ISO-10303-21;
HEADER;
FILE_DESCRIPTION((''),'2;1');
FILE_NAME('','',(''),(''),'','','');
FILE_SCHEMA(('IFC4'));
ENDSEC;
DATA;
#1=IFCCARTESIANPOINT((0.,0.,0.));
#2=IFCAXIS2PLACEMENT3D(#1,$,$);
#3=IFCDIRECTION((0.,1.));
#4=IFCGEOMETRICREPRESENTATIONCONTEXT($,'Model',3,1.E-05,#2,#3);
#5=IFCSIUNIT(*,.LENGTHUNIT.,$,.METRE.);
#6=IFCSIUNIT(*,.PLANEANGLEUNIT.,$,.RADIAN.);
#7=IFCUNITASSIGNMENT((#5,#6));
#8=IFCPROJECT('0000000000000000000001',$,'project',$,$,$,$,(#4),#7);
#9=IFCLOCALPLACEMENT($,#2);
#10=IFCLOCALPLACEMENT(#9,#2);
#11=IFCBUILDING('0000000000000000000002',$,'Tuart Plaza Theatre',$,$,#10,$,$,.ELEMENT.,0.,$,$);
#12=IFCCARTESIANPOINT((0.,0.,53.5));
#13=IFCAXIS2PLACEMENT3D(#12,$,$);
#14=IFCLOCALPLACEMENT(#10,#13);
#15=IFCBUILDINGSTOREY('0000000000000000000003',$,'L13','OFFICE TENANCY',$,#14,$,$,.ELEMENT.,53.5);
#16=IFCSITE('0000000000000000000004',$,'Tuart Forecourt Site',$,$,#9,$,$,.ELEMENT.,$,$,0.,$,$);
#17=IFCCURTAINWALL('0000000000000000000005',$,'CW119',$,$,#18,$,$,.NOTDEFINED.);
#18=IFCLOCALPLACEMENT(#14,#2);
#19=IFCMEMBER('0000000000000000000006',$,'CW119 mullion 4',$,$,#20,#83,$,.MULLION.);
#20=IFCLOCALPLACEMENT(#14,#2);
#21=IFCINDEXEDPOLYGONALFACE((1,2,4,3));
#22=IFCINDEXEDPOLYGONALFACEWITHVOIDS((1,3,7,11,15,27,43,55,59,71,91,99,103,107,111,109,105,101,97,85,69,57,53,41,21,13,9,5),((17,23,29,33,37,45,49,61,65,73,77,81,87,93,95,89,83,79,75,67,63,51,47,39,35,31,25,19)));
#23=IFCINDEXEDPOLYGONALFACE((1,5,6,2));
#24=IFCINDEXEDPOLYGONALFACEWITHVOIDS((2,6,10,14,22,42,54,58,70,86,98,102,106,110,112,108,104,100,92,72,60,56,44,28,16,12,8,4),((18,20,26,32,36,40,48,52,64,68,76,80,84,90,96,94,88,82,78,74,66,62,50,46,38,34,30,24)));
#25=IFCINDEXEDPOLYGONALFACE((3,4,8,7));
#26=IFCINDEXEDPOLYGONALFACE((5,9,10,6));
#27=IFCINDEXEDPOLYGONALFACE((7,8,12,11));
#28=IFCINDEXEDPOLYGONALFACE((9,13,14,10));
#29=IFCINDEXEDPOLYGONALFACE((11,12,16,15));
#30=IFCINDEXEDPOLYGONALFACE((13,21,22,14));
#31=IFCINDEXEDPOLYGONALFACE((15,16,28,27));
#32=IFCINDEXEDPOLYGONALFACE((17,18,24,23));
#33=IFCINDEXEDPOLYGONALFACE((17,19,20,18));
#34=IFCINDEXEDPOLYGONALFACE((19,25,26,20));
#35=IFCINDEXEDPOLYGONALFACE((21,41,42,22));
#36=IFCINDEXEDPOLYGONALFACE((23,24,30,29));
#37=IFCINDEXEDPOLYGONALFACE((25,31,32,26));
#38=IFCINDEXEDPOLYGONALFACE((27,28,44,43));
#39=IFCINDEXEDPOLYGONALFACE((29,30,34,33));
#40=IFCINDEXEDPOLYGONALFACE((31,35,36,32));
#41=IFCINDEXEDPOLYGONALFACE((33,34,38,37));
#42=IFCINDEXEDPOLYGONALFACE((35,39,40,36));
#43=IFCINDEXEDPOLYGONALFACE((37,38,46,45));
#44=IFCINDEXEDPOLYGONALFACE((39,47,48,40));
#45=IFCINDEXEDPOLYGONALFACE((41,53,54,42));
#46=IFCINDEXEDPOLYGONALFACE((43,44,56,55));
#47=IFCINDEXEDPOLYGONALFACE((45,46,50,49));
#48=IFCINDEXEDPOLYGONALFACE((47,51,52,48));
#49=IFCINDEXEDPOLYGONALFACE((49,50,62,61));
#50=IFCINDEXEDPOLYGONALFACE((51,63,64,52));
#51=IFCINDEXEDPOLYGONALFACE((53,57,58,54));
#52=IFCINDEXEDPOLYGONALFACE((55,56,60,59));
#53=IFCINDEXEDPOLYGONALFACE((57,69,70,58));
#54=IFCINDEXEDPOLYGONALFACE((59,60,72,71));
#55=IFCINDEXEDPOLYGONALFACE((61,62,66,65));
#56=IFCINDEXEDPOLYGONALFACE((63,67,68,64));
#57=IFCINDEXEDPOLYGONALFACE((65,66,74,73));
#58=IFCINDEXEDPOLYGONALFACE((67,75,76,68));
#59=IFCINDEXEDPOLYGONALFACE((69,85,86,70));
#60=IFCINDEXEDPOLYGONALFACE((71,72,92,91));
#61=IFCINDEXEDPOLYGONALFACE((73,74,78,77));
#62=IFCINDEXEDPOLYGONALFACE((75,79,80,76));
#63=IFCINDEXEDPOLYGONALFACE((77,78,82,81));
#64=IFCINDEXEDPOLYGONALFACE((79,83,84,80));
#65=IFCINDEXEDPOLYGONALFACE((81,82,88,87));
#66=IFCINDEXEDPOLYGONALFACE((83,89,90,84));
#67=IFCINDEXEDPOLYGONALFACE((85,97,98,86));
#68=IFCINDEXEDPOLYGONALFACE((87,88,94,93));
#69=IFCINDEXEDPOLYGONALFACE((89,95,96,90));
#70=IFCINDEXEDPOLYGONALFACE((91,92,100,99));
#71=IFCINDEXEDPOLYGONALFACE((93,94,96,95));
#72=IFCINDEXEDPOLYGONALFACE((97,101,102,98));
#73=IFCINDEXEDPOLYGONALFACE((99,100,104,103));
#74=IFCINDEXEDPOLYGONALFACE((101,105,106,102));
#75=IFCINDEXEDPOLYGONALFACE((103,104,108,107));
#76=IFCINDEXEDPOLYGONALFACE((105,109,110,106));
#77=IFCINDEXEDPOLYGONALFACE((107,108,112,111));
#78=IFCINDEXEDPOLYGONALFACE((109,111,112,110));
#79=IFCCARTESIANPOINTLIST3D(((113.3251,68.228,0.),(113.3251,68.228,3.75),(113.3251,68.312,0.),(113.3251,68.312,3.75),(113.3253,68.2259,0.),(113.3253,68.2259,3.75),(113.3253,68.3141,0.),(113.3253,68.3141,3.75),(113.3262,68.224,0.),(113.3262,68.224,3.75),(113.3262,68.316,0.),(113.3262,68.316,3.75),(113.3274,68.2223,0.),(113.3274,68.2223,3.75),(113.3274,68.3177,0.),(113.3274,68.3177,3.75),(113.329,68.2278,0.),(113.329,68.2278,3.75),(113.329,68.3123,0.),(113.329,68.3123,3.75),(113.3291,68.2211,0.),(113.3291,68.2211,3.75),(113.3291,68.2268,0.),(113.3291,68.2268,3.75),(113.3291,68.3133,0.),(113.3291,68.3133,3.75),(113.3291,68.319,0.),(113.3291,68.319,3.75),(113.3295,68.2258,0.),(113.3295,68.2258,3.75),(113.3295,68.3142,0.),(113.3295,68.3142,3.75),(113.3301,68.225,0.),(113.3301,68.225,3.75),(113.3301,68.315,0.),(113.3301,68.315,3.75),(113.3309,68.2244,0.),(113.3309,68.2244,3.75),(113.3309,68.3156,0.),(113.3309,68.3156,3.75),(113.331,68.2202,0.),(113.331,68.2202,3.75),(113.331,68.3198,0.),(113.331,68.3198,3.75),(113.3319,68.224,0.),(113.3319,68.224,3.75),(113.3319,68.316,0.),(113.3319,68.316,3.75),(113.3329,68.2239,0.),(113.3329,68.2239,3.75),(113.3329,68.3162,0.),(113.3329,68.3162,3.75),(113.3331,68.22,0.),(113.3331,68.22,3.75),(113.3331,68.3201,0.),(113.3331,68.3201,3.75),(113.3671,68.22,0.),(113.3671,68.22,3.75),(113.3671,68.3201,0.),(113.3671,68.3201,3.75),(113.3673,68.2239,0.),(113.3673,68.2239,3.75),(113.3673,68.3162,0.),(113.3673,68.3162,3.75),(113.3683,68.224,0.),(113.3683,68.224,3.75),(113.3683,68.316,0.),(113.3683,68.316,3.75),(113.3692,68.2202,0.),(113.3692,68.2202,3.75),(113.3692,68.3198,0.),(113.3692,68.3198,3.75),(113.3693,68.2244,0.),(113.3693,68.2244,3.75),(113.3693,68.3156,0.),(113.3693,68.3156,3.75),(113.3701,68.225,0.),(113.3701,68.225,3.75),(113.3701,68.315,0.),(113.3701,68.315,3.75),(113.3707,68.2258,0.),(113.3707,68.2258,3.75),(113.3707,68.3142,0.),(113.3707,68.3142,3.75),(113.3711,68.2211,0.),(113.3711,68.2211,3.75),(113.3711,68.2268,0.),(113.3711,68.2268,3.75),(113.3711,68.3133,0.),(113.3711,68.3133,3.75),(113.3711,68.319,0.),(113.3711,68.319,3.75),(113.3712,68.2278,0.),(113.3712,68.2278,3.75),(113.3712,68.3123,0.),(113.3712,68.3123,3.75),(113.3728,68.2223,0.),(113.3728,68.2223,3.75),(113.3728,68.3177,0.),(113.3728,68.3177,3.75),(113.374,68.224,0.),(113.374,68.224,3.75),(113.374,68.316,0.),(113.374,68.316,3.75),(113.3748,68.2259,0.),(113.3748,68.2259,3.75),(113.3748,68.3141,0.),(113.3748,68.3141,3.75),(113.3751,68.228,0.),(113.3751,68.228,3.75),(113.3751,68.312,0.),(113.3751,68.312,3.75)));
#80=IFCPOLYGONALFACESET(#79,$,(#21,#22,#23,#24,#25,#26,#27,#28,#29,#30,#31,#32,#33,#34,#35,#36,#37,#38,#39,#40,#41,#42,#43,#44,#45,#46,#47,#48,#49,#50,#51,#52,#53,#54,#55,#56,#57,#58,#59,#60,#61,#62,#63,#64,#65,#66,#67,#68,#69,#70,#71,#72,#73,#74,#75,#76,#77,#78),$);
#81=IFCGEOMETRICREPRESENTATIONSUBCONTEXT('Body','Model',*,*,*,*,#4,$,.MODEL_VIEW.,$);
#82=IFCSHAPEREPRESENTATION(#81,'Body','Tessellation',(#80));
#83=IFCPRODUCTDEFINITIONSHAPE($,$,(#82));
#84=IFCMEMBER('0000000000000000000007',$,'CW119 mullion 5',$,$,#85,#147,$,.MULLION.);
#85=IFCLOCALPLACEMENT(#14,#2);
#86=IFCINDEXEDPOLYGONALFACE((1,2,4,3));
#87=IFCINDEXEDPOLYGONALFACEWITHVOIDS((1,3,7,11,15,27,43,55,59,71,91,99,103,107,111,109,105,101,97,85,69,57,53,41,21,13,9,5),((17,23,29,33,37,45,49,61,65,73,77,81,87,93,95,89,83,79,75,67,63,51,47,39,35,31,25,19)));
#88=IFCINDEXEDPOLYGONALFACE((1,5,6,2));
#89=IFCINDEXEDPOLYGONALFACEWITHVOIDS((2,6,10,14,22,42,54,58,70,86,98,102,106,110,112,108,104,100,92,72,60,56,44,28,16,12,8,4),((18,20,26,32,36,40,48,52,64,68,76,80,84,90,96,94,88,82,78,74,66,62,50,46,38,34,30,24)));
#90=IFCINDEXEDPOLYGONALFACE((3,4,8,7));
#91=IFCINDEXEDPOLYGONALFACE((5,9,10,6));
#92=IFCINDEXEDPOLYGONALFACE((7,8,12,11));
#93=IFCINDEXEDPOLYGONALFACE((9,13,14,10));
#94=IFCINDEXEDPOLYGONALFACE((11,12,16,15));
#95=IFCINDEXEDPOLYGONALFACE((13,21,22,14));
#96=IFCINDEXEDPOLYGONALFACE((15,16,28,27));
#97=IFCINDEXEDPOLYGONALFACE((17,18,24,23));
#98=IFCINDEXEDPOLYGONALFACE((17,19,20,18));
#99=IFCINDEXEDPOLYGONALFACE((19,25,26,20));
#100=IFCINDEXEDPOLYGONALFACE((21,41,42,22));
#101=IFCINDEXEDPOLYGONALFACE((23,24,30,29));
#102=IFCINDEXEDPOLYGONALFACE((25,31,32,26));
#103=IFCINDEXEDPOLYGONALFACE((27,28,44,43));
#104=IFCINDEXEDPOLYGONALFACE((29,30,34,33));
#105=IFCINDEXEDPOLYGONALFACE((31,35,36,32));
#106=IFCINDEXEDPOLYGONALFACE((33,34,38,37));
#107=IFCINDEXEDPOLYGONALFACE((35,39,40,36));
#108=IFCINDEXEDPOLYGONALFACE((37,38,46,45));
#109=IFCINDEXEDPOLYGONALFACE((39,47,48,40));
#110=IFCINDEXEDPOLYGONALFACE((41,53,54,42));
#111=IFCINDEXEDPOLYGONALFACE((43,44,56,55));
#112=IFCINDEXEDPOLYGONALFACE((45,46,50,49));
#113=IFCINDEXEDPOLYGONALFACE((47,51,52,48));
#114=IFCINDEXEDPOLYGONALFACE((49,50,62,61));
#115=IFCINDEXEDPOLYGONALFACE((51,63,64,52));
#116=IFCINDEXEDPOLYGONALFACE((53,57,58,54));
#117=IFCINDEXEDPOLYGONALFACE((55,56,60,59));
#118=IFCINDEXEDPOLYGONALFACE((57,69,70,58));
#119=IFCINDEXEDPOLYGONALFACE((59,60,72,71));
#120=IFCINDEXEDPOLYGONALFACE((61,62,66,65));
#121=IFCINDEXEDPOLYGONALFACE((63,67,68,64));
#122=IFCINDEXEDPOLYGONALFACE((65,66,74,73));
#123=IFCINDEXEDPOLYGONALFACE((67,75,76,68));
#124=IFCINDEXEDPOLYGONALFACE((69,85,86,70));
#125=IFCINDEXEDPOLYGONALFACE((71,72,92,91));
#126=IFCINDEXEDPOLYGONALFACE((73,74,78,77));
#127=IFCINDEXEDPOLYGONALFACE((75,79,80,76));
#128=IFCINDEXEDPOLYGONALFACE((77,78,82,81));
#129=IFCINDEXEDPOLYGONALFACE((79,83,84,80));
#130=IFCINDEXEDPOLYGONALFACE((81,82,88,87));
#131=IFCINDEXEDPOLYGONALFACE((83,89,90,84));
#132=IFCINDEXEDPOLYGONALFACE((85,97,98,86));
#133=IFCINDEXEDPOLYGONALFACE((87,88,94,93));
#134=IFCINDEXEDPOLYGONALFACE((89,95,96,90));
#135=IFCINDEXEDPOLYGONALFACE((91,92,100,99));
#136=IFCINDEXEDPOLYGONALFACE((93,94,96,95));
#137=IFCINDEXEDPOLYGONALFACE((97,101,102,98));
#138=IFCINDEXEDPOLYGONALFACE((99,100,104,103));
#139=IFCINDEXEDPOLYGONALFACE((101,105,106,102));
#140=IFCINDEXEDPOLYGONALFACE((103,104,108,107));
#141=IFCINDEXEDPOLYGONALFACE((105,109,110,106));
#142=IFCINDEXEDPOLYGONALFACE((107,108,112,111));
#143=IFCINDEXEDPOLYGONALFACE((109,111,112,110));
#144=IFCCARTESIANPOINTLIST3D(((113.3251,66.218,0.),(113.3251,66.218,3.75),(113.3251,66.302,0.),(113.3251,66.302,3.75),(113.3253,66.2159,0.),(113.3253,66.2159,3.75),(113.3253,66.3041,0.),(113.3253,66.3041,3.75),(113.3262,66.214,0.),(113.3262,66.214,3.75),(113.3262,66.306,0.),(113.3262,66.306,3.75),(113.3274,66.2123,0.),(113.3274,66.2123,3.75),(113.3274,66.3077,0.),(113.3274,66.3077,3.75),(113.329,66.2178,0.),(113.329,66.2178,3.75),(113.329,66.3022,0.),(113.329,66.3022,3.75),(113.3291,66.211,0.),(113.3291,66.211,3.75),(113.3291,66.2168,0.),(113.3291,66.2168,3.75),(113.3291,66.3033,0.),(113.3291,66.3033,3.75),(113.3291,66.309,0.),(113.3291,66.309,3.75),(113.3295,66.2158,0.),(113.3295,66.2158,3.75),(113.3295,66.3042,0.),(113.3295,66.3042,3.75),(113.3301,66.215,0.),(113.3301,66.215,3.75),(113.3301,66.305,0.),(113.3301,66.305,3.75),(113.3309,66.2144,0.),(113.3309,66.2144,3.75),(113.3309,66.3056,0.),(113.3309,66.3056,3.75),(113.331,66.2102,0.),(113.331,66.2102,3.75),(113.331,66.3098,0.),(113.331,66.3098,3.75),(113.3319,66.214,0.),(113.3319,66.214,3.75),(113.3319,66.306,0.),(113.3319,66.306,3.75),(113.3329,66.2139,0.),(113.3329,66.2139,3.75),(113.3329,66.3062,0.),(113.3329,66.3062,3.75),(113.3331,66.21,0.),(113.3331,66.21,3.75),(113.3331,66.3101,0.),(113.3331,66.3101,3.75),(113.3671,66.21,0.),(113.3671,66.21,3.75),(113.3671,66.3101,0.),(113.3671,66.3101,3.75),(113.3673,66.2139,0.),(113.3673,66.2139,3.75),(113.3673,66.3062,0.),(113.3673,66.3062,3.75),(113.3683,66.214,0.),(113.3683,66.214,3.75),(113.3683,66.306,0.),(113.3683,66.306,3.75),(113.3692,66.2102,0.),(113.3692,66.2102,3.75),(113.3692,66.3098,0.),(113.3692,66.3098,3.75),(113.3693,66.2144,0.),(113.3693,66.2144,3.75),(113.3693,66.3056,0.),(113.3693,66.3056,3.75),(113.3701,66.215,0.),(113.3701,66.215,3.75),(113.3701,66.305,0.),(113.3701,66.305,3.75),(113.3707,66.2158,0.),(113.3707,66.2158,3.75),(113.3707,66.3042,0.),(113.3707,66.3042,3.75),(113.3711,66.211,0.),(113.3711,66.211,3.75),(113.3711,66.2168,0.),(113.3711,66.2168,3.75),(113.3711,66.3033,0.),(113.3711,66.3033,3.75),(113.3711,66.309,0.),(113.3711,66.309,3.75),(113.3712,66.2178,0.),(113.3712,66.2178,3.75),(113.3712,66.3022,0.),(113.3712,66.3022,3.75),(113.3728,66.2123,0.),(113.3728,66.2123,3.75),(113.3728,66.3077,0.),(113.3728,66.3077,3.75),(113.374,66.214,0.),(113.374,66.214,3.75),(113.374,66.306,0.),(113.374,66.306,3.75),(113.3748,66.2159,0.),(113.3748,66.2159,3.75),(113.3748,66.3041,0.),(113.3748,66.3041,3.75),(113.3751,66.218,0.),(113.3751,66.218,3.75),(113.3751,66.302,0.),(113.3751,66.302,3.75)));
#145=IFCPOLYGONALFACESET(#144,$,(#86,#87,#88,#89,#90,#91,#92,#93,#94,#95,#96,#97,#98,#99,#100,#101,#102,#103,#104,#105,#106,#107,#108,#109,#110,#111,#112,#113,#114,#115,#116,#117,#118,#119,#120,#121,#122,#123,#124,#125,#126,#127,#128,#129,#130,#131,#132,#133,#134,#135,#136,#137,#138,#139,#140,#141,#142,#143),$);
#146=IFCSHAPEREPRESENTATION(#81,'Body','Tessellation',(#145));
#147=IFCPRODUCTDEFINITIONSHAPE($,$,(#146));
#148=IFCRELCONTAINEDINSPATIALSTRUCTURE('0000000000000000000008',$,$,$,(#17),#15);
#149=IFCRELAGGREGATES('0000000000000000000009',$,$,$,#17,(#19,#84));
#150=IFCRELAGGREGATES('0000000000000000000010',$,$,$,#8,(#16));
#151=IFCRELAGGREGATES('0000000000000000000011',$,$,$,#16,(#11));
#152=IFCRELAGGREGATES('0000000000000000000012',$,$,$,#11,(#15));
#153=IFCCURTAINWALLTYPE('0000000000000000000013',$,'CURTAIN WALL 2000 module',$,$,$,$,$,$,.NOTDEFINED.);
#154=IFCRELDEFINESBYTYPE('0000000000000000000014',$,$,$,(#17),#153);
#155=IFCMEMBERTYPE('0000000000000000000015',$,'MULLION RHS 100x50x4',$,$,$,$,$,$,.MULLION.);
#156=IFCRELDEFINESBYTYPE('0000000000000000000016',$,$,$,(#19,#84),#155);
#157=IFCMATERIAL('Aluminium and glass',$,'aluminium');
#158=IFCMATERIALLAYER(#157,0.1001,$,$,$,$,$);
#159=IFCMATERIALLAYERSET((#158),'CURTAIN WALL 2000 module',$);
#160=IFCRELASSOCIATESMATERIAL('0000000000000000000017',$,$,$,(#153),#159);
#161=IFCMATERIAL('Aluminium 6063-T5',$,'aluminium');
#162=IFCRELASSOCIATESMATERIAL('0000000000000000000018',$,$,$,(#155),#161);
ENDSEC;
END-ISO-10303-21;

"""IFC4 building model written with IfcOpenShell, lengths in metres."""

from ifc_helpers import new_model, si_unit, direction, frame, origin, origin_2d, place, context, subcontext, project, spatial, hollow_rectangle, extrude, material, layer, layer_set, material_profile, profile_set, type_object, element, aggregate, save


model = new_model("IFC4")

# Units and contexts
model_context = context("Model", 3, precision=1e-05, world=origin(), true_north=direction((0.0, 1.0)))
body_context = subcontext(model_context, "Body", "Model", "MODEL_VIEW")
ifc_project = project(units=[si_unit("LENGTHUNIT", "METRE"), si_unit("PLANEANGLEUNIT", "RADIAN")], contexts=[model_context])

# Site, building, storey
site_placement = place(None, origin())
site = spatial("IfcSite", under=ifc_project, at=site_placement, Name="Tuart Forecourt Site", CompositionType="ELEMENT", RefElevation=0.0)
building_placement = place(site_placement, origin())
building = spatial("IfcBuilding", under=site, at=building_placement, Name="Tuart Plaza Theatre", CompositionType="ELEMENT", ElevationOfRefHeight=0.0)
storey_placement = place(building_placement, frame((0.0, 0.0, 53.5)))
storey = spatial("IfcBuildingStorey", under=building, at=storey_placement, Name="L13", Description="OFFICE TENANCY", CompositionType="ELEMENT", Elevation=53.5)

# Curtain wall, members
ifc_material_1 = material(Name="Aluminium and glass", Category="aluminium")
ifc_layer_1 = layer(ifc_material_1, 0.1001)
ifc_layer_set_1 = layer_set([ifc_layer_1], Name="CURTAIN WALL 2000 module")
curtain_wall_type = type_object("IfcCurtainWallType", Name="CURTAIN WALL 2000 module", PredefinedType="NOTDEFINED", material=ifc_layer_set_1)
curtain_wall_1_placement = place(storey_placement, origin())
curtain_wall_1 = element("IfcCurtainWall", 1, at=curtain_wall_1_placement, inside=storey, type_object=curtain_wall_type, Name="CW119", PredefinedType="NOTDEFINED")
ifc_material_2 = material(Name="Aluminium 6063-T5", Category="aluminium")
ifc_material_profile_1 = material_profile(ifc_material_2, hollow_rectangle(XDim=0.05, YDim=0.1001, WallThickness=0.0039, InnerFilletRadius=0.0039, OuterFilletRadius=0.0081, at=origin_2d()), Name="RHS 100x50x4")
ifc_profile_set_1 = profile_set([ifc_material_profile_1], Name="Aluminium 6063-T5")
member_type_1 = type_object("IfcMemberType", Name="MULLION RHS 100x50x4", PredefinedType="MULLION", material=ifc_profile_set_1)
member_1_placement = place(storey_placement, frame((113.3501, 68.27, 0.0), z_axis=(0.0, 0.0, 1.0), x_axis=(1.0, 0.0, 0.0)))
member_1 = element("IfcMember", 2, at=member_1_placement, type_object=member_type_1, Name="CW119 mullion 4", PredefinedType="MULLION", context=body_context, shape_type="SweptSolid", body=[
    extrude(hollow_rectangle(XDim=0.05, YDim=0.1001, WallThickness=0.0039, InnerFilletRadius=0.0039, OuterFilletRadius=0.0081, at=origin_2d()), origin(), (0.0, 0.0, 1.0), 3.75),
])
member_2_placement = place(storey_placement, frame((113.3501, 66.26, 0.0), z_axis=(0.0, 0.0, 1.0), x_axis=(1.0, 0.0, 0.0)))
member_2 = element("IfcMember", 3, at=member_2_placement, type_object=member_type_1, Name="CW119 mullion 5", PredefinedType="MULLION", context=body_context, shape_type="SweptSolid", body=[
    extrude(hollow_rectangle(XDim=0.05, YDim=0.1001, WallThickness=0.0039, InnerFilletRadius=0.0039, OuterFilletRadius=0.0081, at=origin_2d()), origin(), (0.0, 0.0, 1.0), 3.75),
])

aggregate(curtain_wall_1, [member_1, member_2])

save(model, "model.ifc")
